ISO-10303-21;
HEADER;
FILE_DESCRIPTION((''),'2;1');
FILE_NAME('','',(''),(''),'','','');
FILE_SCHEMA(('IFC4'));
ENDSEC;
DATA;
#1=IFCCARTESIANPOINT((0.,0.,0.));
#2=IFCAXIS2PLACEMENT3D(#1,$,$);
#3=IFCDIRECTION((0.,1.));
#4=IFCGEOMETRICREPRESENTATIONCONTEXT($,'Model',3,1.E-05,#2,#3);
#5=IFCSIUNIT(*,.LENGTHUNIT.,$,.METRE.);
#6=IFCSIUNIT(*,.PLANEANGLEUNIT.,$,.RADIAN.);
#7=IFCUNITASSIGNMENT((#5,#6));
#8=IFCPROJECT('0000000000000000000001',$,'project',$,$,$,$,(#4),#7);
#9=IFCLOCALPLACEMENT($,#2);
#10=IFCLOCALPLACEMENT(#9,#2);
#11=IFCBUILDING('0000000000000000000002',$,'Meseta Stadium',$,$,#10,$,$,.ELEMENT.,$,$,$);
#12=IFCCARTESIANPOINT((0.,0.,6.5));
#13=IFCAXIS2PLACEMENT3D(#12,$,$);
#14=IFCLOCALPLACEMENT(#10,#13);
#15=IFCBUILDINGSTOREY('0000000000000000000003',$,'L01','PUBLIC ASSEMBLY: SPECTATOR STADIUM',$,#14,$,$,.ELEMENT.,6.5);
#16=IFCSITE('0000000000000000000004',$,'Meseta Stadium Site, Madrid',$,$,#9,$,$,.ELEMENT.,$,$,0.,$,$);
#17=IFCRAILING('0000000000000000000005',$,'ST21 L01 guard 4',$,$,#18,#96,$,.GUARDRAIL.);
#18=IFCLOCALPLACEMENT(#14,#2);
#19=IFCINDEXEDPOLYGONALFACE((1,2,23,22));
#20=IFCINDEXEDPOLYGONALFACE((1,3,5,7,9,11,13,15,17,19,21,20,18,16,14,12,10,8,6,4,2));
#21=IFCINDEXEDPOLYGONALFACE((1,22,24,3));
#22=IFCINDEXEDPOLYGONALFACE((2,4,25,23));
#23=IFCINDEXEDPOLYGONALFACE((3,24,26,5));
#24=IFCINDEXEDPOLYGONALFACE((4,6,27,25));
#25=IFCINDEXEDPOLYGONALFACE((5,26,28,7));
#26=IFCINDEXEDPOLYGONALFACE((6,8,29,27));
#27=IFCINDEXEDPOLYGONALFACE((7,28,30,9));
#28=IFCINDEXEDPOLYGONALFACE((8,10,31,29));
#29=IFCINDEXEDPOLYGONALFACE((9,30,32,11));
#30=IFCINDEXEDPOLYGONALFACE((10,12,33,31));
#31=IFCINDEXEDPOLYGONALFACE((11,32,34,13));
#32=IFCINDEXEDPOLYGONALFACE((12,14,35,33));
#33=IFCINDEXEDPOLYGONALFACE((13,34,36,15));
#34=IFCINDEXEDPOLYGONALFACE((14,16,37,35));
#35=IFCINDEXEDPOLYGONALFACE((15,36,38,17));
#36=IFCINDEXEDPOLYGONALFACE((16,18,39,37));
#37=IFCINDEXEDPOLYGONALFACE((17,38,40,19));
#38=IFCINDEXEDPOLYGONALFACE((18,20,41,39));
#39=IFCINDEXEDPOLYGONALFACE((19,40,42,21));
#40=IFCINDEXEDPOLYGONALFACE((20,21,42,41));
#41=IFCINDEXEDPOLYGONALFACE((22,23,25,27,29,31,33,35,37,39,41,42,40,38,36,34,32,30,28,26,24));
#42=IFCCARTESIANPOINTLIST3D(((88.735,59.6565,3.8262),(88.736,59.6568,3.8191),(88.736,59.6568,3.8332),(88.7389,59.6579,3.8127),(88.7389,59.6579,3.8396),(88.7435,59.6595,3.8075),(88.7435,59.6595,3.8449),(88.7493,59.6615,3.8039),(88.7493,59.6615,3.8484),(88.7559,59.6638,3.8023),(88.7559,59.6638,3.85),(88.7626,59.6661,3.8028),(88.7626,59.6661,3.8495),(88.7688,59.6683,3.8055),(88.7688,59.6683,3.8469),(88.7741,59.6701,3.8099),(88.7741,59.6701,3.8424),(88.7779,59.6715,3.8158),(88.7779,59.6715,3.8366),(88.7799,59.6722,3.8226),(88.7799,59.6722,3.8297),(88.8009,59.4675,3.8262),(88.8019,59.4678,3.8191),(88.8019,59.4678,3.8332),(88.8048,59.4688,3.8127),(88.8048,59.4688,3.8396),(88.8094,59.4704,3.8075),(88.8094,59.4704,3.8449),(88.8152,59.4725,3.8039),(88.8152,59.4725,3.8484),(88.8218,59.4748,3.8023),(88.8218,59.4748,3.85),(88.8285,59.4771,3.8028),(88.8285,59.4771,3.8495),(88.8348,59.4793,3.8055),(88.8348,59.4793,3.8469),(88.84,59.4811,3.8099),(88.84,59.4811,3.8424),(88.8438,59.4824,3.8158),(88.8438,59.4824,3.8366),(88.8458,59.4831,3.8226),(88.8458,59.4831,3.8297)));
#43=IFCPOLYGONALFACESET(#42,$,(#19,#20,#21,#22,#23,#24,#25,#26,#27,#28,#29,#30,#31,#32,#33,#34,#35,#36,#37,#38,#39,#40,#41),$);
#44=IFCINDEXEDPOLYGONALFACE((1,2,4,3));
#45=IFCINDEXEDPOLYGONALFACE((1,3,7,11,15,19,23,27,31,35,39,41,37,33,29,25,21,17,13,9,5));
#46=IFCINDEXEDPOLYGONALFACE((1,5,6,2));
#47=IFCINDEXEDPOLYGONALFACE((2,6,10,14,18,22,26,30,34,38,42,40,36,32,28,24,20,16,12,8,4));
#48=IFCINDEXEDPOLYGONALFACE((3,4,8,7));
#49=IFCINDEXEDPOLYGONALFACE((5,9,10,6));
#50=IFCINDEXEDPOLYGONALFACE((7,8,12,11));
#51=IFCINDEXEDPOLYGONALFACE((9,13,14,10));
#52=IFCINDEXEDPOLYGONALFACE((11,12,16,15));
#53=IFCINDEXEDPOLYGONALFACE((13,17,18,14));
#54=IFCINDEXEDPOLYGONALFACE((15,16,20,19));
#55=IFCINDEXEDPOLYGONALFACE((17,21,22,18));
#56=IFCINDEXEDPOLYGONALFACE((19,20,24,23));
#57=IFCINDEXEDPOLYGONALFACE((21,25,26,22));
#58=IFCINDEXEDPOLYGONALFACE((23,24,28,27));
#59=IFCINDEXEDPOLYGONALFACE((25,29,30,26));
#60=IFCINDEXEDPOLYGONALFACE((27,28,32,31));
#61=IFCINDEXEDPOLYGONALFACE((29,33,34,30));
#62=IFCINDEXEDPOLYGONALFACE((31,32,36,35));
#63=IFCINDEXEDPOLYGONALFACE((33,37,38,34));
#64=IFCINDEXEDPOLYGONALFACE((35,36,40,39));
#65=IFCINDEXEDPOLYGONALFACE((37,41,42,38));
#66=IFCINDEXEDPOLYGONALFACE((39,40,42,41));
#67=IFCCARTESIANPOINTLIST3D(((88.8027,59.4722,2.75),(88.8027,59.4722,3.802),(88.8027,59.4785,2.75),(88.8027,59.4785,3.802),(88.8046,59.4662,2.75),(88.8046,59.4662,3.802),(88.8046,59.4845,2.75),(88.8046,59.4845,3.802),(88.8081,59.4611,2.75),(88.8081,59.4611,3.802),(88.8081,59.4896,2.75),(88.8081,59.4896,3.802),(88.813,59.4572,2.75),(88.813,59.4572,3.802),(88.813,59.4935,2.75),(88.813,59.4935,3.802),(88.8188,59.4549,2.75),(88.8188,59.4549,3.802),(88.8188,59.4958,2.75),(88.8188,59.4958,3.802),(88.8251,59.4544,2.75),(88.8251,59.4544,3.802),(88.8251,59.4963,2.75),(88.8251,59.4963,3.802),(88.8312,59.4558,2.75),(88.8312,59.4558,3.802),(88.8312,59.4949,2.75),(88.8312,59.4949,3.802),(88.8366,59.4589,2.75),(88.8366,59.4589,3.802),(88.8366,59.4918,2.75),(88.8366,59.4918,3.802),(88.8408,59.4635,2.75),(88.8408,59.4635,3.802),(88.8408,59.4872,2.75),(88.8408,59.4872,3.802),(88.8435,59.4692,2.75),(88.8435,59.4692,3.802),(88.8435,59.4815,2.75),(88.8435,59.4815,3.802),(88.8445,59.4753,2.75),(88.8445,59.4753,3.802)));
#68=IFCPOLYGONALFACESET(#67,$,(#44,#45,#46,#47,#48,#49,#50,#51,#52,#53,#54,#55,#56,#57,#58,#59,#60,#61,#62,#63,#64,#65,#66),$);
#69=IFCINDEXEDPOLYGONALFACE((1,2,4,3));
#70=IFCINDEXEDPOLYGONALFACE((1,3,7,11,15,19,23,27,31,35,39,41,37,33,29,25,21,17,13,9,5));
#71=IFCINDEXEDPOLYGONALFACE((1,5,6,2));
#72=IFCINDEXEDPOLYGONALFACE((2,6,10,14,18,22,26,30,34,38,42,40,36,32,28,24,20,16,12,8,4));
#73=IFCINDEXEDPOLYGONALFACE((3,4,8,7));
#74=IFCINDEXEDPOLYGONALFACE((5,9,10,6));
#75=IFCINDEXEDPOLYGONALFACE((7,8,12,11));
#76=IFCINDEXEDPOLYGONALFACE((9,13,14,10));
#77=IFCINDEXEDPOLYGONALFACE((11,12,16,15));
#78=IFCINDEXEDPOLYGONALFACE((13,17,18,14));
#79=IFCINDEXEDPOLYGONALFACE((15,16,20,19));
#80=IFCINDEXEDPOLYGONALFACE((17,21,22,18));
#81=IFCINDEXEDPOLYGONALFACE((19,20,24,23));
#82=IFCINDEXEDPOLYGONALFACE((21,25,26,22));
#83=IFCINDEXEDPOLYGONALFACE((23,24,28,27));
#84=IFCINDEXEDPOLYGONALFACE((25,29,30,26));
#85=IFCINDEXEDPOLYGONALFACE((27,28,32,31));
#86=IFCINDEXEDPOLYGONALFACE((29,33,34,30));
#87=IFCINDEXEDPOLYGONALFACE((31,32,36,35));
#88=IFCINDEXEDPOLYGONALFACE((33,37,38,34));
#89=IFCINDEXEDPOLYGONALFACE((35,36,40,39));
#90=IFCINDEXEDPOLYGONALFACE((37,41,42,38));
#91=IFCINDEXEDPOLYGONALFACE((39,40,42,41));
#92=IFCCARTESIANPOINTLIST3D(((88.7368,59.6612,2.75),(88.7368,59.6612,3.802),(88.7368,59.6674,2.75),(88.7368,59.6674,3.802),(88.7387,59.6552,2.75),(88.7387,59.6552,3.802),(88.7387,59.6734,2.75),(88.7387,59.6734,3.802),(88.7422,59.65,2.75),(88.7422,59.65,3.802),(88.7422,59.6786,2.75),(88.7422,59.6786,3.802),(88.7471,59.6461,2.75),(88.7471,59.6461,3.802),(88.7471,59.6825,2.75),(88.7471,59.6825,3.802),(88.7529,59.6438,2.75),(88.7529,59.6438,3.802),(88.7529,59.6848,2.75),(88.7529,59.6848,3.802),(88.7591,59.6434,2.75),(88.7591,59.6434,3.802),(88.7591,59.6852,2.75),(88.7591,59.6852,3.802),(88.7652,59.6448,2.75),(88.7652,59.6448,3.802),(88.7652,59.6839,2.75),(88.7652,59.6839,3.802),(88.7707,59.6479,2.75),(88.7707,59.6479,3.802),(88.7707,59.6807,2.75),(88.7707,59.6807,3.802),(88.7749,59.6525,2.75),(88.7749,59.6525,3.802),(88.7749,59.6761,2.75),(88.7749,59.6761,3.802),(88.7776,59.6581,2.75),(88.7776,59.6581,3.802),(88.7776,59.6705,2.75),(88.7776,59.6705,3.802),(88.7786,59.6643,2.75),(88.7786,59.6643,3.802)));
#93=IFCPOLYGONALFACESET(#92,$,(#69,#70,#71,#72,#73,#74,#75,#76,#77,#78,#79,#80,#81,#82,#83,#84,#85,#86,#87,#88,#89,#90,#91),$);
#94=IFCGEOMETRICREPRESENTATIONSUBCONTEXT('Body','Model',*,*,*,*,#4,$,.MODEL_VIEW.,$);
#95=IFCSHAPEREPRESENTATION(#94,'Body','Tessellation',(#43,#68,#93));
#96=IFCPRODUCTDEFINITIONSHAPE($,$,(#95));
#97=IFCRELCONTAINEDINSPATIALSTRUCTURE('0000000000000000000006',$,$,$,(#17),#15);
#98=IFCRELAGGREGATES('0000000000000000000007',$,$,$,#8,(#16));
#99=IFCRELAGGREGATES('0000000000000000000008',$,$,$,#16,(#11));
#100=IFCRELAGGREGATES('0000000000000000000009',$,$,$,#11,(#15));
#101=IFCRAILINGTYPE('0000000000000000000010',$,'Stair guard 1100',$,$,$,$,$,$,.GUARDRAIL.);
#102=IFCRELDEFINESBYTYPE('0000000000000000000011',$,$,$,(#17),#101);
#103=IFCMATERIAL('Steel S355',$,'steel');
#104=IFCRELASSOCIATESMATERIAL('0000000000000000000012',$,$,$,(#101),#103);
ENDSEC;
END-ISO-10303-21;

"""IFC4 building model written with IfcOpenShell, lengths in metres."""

from ifc_helpers import new_model, si_unit, direction, frame, origin, origin_2d, place, context, subcontext, project, spatial, circle, extrude, material, type_object, element, save


model = new_model("IFC4")

# Units and contexts
model_context = context("Model", 3, precision=1e-05, world=origin(), true_north=direction((0.0, 1.0)))
body_context = subcontext(model_context, "Body", "Model", "MODEL_VIEW")
ifc_project = project(units=[si_unit("LENGTHUNIT", "METRE"), si_unit("PLANEANGLEUNIT", "RADIAN")], contexts=[model_context])

# Site, building, storey
site_placement = place(None, origin())
site = spatial("IfcSite", under=ifc_project, at=site_placement, Name="Meseta Stadium Site, Madrid", CompositionType="ELEMENT", RefElevation=0.0)
building_placement = place(site_placement, origin())
building = spatial("IfcBuilding", under=site, at=building_placement, Name="Meseta Stadium", CompositionType="ELEMENT")
storey_placement = place(building_placement, frame((0.0, 0.0, 6.5)))
storey = spatial("IfcBuildingStorey", under=building, at=storey_placement, Name="L01", Description="PUBLIC ASSEMBLY: SPECTATOR STADIUM", CompositionType="ELEMENT", Elevation=6.5)

# Railing
ifc_material_1 = material(Name="Steel S355", Category="steel")
railing_type_1 = type_object("IfcRailingType", Name="Stair guard 1100", PredefinedType="GUARDRAIL", material=ifc_material_1)
railing_1_placement = place(storey_placement, frame((88.8235, 59.4753, 2.75)))
element("IfcRailing", 1, at=railing_1_placement, inside=storey, type_object=railing_type_1, Name="ST21 L01 guard 4", PredefinedType="GUARDRAIL", context=body_context, shape_type="SweptSolid", body=[
    extrude(circle(Radius=0.0239, at=origin_2d()), frame((0.0, 0.0, 1.0762), z_axis=(-0.329372, 0.9442, 0.0), x_axis=(-0.9442, -0.329372, 0.0)), (0.0, 0.0, 1.0), 0.2002),
    extrude(circle(Radius=0.021, at=origin_2d()), origin(), (0.0, 0.0, 1.0), 1.052),
    extrude(circle(Radius=0.021, at=origin_2d()), frame((-0.0659, 0.189, 0.0)), (0.0, 0.0, 1.0), 1.052),
])

save(model, "model.ifc")
